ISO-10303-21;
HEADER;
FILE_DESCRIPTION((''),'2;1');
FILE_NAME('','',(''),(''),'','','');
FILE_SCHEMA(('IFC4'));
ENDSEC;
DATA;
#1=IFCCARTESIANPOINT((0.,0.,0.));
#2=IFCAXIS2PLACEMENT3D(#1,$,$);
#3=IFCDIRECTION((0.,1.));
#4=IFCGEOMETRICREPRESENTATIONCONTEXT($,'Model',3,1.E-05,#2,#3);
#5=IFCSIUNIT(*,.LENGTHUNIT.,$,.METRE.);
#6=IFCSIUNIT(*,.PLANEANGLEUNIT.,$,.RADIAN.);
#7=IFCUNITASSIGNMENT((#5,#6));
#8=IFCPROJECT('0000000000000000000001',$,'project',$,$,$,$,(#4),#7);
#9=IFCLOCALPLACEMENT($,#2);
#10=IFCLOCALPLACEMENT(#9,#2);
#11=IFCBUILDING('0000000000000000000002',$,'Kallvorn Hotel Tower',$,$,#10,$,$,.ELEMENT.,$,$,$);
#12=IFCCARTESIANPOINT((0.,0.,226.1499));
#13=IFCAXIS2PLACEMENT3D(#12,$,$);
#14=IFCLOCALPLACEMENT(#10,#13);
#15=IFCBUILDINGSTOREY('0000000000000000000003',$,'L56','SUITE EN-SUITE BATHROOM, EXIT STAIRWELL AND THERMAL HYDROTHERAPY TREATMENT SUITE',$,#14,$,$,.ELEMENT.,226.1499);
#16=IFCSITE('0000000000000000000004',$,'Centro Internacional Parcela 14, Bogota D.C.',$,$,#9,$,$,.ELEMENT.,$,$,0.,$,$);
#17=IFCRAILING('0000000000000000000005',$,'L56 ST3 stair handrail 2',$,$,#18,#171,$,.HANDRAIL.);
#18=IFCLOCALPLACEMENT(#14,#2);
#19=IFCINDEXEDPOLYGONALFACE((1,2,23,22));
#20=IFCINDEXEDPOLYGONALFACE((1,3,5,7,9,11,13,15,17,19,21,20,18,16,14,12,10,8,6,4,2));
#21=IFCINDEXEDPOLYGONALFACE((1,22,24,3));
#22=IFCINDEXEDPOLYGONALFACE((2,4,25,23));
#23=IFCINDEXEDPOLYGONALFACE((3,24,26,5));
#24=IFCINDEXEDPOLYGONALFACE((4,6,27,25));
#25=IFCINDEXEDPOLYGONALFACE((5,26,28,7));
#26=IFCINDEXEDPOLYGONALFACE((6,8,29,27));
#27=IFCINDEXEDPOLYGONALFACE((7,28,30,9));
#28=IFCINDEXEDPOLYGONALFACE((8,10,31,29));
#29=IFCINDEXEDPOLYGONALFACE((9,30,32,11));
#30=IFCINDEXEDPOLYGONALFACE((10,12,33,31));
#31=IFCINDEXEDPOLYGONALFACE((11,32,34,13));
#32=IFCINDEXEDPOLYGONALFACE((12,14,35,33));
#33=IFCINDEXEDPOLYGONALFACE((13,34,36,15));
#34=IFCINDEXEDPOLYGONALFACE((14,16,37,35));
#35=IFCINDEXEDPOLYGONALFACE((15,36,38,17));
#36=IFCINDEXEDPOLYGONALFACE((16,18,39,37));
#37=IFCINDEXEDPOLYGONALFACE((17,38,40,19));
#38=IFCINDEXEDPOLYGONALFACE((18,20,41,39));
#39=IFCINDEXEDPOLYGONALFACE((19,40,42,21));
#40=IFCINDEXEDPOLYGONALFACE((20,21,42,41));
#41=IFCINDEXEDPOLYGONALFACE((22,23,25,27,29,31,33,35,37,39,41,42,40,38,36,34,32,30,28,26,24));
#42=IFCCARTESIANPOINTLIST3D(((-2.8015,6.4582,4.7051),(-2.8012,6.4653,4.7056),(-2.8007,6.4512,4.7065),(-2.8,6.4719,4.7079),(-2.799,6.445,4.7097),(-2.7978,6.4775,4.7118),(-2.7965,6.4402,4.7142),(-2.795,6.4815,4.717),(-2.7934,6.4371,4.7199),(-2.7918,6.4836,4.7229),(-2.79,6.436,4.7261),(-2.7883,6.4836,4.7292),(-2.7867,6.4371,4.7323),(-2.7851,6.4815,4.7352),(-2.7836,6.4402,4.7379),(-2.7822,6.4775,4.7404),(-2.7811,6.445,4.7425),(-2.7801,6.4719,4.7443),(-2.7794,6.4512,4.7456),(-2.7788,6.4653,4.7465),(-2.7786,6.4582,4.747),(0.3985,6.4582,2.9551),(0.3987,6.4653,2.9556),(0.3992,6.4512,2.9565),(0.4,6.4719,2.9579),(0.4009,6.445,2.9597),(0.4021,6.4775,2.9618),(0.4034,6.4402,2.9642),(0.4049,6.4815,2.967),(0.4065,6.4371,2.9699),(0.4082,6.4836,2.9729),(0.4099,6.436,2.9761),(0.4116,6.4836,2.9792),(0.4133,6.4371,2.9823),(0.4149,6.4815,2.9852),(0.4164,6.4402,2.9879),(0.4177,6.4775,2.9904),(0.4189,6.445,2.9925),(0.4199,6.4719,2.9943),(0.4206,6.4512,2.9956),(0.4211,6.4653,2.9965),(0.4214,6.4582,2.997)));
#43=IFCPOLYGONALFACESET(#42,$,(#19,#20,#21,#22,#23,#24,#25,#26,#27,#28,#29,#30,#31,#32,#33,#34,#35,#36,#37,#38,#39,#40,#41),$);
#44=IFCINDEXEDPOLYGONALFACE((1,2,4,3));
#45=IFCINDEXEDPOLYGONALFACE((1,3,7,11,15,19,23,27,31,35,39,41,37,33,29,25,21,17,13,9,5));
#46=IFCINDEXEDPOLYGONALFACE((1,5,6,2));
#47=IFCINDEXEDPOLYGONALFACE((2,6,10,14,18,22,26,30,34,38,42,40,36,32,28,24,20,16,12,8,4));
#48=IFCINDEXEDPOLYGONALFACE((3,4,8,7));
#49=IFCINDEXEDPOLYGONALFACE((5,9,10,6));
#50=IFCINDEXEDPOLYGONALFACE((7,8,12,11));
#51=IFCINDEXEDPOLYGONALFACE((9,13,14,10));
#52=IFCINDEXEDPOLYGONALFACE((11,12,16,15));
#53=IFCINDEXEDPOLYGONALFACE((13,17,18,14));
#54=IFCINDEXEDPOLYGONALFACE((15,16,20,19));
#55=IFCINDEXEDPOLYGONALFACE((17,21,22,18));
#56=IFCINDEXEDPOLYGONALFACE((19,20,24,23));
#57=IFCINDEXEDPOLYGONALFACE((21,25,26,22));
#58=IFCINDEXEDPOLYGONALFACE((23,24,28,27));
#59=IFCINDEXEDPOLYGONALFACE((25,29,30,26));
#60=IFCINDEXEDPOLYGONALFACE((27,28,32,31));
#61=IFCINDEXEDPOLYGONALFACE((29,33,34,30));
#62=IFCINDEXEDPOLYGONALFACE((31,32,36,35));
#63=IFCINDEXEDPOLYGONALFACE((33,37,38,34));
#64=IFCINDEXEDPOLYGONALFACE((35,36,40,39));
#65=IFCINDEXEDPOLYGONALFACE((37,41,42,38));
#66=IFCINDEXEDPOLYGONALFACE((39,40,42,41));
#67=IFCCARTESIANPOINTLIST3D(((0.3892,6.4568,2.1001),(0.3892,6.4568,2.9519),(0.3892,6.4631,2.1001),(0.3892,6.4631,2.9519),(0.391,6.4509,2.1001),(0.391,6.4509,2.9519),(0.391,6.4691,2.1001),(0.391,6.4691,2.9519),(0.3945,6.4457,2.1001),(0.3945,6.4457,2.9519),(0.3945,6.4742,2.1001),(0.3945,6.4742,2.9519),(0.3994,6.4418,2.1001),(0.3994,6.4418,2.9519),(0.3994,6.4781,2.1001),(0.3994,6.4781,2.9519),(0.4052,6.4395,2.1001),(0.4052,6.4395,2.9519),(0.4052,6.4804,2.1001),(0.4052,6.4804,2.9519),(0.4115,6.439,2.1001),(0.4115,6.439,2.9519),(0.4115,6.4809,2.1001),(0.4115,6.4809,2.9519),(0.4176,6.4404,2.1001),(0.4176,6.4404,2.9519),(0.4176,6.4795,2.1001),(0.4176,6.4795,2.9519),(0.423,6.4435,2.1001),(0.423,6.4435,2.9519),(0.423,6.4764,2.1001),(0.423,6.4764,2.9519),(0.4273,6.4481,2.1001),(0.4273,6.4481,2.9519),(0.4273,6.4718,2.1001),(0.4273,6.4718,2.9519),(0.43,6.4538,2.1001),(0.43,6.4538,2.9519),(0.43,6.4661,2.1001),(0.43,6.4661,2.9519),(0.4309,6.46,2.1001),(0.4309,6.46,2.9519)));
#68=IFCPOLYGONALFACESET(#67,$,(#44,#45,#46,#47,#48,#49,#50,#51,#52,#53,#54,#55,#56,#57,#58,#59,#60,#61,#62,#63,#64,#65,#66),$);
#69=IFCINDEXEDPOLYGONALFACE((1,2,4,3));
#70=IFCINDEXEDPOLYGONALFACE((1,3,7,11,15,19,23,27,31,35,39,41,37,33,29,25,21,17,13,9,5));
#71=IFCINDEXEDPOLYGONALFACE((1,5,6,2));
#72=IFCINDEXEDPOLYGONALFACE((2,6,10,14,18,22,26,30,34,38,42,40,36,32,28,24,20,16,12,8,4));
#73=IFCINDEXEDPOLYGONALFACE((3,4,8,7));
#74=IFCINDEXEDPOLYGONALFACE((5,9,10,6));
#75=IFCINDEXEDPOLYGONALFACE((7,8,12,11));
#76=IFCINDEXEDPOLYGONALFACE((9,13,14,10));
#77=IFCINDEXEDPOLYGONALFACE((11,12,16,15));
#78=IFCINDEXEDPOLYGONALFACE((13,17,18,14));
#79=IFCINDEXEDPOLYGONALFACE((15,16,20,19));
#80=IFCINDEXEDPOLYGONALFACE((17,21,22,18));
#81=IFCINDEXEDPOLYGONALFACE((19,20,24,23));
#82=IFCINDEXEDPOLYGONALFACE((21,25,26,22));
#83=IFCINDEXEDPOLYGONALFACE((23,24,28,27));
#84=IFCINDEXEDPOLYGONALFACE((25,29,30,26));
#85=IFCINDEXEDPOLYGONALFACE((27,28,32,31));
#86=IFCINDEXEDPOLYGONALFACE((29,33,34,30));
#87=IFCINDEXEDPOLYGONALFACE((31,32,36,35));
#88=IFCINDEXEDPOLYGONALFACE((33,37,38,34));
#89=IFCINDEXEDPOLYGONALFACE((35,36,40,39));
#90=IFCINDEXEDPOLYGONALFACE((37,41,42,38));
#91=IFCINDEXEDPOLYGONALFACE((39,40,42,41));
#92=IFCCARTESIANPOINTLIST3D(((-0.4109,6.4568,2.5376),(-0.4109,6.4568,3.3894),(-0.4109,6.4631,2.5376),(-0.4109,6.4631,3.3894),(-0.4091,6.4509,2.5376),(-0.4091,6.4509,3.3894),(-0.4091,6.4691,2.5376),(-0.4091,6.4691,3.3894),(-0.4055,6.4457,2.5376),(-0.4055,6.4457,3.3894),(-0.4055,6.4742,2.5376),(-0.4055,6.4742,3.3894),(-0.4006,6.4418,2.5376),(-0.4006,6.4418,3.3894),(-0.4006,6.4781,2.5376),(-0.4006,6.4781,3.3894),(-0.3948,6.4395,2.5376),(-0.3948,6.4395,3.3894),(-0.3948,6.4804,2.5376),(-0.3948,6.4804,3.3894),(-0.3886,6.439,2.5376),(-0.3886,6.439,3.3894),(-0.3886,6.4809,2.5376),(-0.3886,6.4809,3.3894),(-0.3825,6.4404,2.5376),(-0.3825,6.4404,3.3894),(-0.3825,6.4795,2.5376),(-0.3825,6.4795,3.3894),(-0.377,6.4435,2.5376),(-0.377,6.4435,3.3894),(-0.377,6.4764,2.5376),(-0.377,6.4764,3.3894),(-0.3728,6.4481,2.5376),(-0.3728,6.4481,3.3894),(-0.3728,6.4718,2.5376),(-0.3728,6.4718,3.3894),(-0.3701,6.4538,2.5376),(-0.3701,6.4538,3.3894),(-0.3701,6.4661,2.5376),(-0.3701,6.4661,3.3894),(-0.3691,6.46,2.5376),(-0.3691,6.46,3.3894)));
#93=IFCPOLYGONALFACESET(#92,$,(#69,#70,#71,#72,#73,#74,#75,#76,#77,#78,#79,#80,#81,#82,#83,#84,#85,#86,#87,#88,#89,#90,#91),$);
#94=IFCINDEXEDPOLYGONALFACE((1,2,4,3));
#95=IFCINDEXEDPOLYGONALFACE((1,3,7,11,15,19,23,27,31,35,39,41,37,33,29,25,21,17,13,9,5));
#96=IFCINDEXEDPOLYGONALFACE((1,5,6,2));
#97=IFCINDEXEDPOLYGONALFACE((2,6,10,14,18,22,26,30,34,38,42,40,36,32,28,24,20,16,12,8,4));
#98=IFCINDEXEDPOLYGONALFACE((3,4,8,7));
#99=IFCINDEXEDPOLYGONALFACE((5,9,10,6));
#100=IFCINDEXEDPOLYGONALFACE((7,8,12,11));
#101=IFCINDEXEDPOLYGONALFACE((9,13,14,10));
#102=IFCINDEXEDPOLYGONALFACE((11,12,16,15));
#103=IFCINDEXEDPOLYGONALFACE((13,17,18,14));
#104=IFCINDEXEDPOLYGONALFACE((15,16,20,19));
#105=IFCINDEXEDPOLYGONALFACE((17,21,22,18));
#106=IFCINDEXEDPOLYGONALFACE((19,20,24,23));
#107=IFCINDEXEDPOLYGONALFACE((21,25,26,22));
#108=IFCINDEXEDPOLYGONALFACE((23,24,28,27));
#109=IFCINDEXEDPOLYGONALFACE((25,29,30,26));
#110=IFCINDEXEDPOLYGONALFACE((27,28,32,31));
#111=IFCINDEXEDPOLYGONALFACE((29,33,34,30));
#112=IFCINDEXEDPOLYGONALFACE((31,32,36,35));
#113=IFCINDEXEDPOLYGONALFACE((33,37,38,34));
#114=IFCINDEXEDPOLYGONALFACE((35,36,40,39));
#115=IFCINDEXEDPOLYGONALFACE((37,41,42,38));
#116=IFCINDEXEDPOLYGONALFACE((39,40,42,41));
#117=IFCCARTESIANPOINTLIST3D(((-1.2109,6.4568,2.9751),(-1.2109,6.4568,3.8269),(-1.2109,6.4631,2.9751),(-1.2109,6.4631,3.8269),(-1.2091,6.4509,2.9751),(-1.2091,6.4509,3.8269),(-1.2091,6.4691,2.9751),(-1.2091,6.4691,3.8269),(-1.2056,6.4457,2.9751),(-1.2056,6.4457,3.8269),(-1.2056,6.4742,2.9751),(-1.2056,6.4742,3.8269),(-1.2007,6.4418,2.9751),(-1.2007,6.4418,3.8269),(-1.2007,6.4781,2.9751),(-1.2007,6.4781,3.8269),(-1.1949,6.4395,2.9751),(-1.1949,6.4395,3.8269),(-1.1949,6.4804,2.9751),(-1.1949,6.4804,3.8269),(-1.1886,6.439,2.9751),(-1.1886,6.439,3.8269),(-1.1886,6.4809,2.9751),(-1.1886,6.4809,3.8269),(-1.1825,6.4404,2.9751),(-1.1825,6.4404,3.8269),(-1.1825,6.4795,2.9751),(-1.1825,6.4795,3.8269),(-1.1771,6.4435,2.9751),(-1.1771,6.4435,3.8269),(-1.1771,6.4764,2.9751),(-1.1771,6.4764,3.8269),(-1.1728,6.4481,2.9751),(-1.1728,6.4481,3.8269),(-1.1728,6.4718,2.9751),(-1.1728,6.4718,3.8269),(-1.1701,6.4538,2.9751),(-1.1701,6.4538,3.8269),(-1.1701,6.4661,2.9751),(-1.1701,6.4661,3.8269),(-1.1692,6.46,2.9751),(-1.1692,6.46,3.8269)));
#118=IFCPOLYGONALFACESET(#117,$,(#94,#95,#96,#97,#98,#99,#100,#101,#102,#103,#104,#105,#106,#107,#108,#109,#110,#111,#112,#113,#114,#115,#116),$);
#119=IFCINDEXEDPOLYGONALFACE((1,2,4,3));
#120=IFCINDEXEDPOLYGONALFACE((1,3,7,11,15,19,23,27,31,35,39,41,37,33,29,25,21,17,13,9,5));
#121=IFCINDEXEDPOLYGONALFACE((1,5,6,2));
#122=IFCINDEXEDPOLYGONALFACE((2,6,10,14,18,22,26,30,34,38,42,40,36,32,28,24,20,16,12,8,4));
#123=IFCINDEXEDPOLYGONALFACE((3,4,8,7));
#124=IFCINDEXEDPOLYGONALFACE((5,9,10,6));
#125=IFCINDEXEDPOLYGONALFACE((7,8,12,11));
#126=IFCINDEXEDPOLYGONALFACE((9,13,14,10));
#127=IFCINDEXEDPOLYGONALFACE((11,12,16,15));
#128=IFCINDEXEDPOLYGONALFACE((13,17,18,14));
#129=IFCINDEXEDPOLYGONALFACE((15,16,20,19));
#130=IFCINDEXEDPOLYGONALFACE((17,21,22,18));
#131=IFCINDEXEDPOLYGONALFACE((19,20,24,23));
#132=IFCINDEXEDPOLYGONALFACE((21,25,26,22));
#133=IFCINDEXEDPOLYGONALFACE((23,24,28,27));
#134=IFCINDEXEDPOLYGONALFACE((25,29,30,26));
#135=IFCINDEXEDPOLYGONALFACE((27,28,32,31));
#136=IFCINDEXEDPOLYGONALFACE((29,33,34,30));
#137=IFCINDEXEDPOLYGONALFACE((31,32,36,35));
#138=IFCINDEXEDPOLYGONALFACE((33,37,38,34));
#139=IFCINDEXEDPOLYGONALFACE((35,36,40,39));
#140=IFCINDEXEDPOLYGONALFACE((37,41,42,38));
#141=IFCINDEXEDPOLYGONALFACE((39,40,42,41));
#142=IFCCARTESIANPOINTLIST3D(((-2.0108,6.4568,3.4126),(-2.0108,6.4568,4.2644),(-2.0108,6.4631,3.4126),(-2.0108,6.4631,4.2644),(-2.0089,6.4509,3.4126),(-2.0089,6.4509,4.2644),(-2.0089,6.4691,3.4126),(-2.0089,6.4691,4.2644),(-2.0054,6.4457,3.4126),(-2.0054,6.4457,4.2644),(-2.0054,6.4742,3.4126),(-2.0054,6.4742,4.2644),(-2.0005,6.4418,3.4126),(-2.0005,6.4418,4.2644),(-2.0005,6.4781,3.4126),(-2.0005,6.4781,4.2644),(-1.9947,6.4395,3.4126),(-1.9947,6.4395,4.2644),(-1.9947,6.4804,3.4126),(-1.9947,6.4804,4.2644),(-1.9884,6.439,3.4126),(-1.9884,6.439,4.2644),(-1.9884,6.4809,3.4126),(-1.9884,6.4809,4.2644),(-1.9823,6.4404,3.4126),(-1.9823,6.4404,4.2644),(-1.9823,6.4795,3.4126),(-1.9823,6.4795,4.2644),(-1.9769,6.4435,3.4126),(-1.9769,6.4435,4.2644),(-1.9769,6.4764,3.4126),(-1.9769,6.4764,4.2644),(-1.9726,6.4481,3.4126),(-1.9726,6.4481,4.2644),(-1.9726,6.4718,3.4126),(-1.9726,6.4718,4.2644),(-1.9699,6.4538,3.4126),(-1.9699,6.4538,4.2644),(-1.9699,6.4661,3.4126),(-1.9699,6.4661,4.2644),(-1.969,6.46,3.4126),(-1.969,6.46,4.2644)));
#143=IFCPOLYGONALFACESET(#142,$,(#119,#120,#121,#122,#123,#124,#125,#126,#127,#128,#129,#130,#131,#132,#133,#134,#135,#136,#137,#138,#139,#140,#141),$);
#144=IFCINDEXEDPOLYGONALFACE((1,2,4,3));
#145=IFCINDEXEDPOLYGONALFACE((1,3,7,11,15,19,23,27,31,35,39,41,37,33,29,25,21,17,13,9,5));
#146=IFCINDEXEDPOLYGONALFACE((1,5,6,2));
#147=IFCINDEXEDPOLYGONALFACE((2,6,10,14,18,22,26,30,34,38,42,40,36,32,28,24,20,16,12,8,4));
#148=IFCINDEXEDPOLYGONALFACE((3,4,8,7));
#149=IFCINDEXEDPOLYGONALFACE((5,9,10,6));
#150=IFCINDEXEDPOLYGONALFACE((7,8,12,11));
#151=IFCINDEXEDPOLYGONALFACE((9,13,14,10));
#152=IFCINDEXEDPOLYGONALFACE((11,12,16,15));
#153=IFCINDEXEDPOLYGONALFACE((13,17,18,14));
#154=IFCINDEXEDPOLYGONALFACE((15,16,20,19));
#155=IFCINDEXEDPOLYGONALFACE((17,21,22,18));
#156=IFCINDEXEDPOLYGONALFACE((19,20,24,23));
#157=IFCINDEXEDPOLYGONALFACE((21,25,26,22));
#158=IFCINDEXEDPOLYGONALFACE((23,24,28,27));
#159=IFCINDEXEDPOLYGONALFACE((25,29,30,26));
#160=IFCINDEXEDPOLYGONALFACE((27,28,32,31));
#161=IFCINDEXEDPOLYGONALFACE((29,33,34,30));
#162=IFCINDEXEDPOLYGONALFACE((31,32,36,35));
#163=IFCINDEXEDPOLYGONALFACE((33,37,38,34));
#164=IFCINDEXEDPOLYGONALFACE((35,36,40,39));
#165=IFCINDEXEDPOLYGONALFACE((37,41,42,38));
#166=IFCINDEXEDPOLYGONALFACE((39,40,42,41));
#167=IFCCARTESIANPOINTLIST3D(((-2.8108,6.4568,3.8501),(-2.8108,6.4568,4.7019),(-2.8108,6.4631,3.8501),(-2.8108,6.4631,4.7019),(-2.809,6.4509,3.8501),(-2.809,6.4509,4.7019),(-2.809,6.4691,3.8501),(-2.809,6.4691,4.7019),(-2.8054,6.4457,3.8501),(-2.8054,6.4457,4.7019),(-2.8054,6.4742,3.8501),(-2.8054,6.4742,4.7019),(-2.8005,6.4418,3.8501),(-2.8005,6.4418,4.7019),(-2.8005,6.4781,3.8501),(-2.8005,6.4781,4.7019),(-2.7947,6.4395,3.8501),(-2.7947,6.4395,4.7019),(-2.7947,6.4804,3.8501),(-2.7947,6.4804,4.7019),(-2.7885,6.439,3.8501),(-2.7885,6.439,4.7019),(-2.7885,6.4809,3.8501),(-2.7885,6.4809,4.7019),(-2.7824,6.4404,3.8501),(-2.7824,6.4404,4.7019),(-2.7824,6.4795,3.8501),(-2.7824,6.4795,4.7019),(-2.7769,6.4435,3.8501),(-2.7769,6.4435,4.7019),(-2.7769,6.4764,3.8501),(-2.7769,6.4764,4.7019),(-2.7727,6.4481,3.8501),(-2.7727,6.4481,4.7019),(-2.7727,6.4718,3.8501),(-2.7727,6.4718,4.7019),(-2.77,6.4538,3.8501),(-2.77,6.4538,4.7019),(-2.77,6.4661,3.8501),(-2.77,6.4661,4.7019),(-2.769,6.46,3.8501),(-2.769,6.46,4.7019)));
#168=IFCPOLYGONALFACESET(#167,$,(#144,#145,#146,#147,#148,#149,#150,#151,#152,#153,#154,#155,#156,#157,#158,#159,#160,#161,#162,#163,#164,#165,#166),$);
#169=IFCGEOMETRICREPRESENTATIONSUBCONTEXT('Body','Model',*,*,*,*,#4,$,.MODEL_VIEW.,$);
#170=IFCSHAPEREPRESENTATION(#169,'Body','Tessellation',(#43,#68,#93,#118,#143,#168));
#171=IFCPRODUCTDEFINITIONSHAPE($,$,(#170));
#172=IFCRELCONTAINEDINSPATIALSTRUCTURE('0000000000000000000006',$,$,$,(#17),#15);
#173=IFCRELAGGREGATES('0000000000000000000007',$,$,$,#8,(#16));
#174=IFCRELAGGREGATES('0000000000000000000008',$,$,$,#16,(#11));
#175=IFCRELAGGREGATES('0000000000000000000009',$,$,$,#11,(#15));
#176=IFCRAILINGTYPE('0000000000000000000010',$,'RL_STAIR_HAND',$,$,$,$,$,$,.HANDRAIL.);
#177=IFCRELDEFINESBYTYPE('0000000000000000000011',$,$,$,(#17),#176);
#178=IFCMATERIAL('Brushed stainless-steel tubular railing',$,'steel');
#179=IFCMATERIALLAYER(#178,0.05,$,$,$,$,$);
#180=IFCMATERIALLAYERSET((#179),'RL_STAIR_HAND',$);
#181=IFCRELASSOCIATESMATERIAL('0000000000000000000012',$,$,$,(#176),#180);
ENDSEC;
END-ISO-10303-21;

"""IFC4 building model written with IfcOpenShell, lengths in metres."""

from ifc_helpers import new_model, si_unit, direction, frame, origin, origin_2d, place, context, subcontext, project, spatial, circle, extrude, material, layer, layer_set, type_object, element, save


model = new_model("IFC4")

# Units and contexts
model_context = context("Model", 3, precision=1e-05, world=origin(), true_north=direction((0.0, 1.0)))
body_context = subcontext(model_context, "Body", "Model", "MODEL_VIEW")
ifc_project = project(units=[si_unit("LENGTHUNIT", "METRE"), si_unit("PLANEANGLEUNIT", "RADIAN")], contexts=[model_context])

# Site, building, storey
site_placement = place(None, origin())
site = spatial("IfcSite", under=ifc_project, at=site_placement, Name="Centro Internacional Parcela 14, Bogota D.C.", CompositionType="ELEMENT", RefElevation=0.0)
building_placement = place(site_placement, origin())
building = spatial("IfcBuilding", under=site, at=building_placement, Name="Kallvorn Hotel Tower", CompositionType="ELEMENT")
storey_placement = place(building_placement, frame((0.0, 0.0, 226.1499)))
storey = spatial("IfcBuildingStorey", under=building, at=storey_placement, Name="L56", Description="SUITE EN-SUITE BATHROOM, EXIT STAIRWELL AND THERMAL HYDROTHERAPY TREATMENT SUITE", CompositionType="ELEMENT", Elevation=226.1499)

# Railing
ifc_material_1 = material(Name="Brushed stainless-steel tubular railing", Category="steel")
ifc_layer_1 = layer(ifc_material_1, 0.05)
ifc_layer_set_1 = layer_set([ifc_layer_1], Name="RL_STAIR_HAND")
railing_type_1 = type_object("IfcRailingType", Name="RL_STAIR_HAND", PredefinedType="HANDRAIL", material=ifc_layer_set_1)
railing_1_placement = place(storey_placement, frame((0.4099, 6.46, 2.1001)))
element("IfcRailing", 1, at=railing_1_placement, inside=storey, type_object=railing_type_1, Name="L56 ST3 stair handrail 2", PredefinedType="HANDRAIL", context=body_context, shape_type="SweptSolid", body=[
    extrude(circle(Radius=0.0239, at=origin_2d()), frame((0.0, 0.0, 0.876), z_axis=(-0.877368, 0.0, 0.479818), x_axis=(0.0, -1.0, 0.0)), (0.0, 0.0, 1.0), 3.6472),
    extrude(circle(Radius=0.021, at=origin_2d()), origin(), (0.0, 0.0, 1.0), 0.8518),
    extrude(circle(Radius=0.021, at=origin_2d()), frame((-0.8, 0.0, 0.4375)), (0.0, 0.0, 1.0), 0.8518),
    extrude(circle(Radius=0.021, at=origin_2d()), frame((-1.6001, 0.0, 0.875)), (0.0, 0.0, 1.0), 0.8518),
    extrude(circle(Radius=0.021, at=origin_2d()), frame((-2.3999, 0.0, 1.3125)), (0.0, 0.0, 1.0), 0.8518),
    extrude(circle(Radius=0.021, at=origin_2d()), frame((-3.2, 0.0, 1.75)), (0.0, 0.0, 1.0), 0.8518),
])

save(model, "model.ifc")
